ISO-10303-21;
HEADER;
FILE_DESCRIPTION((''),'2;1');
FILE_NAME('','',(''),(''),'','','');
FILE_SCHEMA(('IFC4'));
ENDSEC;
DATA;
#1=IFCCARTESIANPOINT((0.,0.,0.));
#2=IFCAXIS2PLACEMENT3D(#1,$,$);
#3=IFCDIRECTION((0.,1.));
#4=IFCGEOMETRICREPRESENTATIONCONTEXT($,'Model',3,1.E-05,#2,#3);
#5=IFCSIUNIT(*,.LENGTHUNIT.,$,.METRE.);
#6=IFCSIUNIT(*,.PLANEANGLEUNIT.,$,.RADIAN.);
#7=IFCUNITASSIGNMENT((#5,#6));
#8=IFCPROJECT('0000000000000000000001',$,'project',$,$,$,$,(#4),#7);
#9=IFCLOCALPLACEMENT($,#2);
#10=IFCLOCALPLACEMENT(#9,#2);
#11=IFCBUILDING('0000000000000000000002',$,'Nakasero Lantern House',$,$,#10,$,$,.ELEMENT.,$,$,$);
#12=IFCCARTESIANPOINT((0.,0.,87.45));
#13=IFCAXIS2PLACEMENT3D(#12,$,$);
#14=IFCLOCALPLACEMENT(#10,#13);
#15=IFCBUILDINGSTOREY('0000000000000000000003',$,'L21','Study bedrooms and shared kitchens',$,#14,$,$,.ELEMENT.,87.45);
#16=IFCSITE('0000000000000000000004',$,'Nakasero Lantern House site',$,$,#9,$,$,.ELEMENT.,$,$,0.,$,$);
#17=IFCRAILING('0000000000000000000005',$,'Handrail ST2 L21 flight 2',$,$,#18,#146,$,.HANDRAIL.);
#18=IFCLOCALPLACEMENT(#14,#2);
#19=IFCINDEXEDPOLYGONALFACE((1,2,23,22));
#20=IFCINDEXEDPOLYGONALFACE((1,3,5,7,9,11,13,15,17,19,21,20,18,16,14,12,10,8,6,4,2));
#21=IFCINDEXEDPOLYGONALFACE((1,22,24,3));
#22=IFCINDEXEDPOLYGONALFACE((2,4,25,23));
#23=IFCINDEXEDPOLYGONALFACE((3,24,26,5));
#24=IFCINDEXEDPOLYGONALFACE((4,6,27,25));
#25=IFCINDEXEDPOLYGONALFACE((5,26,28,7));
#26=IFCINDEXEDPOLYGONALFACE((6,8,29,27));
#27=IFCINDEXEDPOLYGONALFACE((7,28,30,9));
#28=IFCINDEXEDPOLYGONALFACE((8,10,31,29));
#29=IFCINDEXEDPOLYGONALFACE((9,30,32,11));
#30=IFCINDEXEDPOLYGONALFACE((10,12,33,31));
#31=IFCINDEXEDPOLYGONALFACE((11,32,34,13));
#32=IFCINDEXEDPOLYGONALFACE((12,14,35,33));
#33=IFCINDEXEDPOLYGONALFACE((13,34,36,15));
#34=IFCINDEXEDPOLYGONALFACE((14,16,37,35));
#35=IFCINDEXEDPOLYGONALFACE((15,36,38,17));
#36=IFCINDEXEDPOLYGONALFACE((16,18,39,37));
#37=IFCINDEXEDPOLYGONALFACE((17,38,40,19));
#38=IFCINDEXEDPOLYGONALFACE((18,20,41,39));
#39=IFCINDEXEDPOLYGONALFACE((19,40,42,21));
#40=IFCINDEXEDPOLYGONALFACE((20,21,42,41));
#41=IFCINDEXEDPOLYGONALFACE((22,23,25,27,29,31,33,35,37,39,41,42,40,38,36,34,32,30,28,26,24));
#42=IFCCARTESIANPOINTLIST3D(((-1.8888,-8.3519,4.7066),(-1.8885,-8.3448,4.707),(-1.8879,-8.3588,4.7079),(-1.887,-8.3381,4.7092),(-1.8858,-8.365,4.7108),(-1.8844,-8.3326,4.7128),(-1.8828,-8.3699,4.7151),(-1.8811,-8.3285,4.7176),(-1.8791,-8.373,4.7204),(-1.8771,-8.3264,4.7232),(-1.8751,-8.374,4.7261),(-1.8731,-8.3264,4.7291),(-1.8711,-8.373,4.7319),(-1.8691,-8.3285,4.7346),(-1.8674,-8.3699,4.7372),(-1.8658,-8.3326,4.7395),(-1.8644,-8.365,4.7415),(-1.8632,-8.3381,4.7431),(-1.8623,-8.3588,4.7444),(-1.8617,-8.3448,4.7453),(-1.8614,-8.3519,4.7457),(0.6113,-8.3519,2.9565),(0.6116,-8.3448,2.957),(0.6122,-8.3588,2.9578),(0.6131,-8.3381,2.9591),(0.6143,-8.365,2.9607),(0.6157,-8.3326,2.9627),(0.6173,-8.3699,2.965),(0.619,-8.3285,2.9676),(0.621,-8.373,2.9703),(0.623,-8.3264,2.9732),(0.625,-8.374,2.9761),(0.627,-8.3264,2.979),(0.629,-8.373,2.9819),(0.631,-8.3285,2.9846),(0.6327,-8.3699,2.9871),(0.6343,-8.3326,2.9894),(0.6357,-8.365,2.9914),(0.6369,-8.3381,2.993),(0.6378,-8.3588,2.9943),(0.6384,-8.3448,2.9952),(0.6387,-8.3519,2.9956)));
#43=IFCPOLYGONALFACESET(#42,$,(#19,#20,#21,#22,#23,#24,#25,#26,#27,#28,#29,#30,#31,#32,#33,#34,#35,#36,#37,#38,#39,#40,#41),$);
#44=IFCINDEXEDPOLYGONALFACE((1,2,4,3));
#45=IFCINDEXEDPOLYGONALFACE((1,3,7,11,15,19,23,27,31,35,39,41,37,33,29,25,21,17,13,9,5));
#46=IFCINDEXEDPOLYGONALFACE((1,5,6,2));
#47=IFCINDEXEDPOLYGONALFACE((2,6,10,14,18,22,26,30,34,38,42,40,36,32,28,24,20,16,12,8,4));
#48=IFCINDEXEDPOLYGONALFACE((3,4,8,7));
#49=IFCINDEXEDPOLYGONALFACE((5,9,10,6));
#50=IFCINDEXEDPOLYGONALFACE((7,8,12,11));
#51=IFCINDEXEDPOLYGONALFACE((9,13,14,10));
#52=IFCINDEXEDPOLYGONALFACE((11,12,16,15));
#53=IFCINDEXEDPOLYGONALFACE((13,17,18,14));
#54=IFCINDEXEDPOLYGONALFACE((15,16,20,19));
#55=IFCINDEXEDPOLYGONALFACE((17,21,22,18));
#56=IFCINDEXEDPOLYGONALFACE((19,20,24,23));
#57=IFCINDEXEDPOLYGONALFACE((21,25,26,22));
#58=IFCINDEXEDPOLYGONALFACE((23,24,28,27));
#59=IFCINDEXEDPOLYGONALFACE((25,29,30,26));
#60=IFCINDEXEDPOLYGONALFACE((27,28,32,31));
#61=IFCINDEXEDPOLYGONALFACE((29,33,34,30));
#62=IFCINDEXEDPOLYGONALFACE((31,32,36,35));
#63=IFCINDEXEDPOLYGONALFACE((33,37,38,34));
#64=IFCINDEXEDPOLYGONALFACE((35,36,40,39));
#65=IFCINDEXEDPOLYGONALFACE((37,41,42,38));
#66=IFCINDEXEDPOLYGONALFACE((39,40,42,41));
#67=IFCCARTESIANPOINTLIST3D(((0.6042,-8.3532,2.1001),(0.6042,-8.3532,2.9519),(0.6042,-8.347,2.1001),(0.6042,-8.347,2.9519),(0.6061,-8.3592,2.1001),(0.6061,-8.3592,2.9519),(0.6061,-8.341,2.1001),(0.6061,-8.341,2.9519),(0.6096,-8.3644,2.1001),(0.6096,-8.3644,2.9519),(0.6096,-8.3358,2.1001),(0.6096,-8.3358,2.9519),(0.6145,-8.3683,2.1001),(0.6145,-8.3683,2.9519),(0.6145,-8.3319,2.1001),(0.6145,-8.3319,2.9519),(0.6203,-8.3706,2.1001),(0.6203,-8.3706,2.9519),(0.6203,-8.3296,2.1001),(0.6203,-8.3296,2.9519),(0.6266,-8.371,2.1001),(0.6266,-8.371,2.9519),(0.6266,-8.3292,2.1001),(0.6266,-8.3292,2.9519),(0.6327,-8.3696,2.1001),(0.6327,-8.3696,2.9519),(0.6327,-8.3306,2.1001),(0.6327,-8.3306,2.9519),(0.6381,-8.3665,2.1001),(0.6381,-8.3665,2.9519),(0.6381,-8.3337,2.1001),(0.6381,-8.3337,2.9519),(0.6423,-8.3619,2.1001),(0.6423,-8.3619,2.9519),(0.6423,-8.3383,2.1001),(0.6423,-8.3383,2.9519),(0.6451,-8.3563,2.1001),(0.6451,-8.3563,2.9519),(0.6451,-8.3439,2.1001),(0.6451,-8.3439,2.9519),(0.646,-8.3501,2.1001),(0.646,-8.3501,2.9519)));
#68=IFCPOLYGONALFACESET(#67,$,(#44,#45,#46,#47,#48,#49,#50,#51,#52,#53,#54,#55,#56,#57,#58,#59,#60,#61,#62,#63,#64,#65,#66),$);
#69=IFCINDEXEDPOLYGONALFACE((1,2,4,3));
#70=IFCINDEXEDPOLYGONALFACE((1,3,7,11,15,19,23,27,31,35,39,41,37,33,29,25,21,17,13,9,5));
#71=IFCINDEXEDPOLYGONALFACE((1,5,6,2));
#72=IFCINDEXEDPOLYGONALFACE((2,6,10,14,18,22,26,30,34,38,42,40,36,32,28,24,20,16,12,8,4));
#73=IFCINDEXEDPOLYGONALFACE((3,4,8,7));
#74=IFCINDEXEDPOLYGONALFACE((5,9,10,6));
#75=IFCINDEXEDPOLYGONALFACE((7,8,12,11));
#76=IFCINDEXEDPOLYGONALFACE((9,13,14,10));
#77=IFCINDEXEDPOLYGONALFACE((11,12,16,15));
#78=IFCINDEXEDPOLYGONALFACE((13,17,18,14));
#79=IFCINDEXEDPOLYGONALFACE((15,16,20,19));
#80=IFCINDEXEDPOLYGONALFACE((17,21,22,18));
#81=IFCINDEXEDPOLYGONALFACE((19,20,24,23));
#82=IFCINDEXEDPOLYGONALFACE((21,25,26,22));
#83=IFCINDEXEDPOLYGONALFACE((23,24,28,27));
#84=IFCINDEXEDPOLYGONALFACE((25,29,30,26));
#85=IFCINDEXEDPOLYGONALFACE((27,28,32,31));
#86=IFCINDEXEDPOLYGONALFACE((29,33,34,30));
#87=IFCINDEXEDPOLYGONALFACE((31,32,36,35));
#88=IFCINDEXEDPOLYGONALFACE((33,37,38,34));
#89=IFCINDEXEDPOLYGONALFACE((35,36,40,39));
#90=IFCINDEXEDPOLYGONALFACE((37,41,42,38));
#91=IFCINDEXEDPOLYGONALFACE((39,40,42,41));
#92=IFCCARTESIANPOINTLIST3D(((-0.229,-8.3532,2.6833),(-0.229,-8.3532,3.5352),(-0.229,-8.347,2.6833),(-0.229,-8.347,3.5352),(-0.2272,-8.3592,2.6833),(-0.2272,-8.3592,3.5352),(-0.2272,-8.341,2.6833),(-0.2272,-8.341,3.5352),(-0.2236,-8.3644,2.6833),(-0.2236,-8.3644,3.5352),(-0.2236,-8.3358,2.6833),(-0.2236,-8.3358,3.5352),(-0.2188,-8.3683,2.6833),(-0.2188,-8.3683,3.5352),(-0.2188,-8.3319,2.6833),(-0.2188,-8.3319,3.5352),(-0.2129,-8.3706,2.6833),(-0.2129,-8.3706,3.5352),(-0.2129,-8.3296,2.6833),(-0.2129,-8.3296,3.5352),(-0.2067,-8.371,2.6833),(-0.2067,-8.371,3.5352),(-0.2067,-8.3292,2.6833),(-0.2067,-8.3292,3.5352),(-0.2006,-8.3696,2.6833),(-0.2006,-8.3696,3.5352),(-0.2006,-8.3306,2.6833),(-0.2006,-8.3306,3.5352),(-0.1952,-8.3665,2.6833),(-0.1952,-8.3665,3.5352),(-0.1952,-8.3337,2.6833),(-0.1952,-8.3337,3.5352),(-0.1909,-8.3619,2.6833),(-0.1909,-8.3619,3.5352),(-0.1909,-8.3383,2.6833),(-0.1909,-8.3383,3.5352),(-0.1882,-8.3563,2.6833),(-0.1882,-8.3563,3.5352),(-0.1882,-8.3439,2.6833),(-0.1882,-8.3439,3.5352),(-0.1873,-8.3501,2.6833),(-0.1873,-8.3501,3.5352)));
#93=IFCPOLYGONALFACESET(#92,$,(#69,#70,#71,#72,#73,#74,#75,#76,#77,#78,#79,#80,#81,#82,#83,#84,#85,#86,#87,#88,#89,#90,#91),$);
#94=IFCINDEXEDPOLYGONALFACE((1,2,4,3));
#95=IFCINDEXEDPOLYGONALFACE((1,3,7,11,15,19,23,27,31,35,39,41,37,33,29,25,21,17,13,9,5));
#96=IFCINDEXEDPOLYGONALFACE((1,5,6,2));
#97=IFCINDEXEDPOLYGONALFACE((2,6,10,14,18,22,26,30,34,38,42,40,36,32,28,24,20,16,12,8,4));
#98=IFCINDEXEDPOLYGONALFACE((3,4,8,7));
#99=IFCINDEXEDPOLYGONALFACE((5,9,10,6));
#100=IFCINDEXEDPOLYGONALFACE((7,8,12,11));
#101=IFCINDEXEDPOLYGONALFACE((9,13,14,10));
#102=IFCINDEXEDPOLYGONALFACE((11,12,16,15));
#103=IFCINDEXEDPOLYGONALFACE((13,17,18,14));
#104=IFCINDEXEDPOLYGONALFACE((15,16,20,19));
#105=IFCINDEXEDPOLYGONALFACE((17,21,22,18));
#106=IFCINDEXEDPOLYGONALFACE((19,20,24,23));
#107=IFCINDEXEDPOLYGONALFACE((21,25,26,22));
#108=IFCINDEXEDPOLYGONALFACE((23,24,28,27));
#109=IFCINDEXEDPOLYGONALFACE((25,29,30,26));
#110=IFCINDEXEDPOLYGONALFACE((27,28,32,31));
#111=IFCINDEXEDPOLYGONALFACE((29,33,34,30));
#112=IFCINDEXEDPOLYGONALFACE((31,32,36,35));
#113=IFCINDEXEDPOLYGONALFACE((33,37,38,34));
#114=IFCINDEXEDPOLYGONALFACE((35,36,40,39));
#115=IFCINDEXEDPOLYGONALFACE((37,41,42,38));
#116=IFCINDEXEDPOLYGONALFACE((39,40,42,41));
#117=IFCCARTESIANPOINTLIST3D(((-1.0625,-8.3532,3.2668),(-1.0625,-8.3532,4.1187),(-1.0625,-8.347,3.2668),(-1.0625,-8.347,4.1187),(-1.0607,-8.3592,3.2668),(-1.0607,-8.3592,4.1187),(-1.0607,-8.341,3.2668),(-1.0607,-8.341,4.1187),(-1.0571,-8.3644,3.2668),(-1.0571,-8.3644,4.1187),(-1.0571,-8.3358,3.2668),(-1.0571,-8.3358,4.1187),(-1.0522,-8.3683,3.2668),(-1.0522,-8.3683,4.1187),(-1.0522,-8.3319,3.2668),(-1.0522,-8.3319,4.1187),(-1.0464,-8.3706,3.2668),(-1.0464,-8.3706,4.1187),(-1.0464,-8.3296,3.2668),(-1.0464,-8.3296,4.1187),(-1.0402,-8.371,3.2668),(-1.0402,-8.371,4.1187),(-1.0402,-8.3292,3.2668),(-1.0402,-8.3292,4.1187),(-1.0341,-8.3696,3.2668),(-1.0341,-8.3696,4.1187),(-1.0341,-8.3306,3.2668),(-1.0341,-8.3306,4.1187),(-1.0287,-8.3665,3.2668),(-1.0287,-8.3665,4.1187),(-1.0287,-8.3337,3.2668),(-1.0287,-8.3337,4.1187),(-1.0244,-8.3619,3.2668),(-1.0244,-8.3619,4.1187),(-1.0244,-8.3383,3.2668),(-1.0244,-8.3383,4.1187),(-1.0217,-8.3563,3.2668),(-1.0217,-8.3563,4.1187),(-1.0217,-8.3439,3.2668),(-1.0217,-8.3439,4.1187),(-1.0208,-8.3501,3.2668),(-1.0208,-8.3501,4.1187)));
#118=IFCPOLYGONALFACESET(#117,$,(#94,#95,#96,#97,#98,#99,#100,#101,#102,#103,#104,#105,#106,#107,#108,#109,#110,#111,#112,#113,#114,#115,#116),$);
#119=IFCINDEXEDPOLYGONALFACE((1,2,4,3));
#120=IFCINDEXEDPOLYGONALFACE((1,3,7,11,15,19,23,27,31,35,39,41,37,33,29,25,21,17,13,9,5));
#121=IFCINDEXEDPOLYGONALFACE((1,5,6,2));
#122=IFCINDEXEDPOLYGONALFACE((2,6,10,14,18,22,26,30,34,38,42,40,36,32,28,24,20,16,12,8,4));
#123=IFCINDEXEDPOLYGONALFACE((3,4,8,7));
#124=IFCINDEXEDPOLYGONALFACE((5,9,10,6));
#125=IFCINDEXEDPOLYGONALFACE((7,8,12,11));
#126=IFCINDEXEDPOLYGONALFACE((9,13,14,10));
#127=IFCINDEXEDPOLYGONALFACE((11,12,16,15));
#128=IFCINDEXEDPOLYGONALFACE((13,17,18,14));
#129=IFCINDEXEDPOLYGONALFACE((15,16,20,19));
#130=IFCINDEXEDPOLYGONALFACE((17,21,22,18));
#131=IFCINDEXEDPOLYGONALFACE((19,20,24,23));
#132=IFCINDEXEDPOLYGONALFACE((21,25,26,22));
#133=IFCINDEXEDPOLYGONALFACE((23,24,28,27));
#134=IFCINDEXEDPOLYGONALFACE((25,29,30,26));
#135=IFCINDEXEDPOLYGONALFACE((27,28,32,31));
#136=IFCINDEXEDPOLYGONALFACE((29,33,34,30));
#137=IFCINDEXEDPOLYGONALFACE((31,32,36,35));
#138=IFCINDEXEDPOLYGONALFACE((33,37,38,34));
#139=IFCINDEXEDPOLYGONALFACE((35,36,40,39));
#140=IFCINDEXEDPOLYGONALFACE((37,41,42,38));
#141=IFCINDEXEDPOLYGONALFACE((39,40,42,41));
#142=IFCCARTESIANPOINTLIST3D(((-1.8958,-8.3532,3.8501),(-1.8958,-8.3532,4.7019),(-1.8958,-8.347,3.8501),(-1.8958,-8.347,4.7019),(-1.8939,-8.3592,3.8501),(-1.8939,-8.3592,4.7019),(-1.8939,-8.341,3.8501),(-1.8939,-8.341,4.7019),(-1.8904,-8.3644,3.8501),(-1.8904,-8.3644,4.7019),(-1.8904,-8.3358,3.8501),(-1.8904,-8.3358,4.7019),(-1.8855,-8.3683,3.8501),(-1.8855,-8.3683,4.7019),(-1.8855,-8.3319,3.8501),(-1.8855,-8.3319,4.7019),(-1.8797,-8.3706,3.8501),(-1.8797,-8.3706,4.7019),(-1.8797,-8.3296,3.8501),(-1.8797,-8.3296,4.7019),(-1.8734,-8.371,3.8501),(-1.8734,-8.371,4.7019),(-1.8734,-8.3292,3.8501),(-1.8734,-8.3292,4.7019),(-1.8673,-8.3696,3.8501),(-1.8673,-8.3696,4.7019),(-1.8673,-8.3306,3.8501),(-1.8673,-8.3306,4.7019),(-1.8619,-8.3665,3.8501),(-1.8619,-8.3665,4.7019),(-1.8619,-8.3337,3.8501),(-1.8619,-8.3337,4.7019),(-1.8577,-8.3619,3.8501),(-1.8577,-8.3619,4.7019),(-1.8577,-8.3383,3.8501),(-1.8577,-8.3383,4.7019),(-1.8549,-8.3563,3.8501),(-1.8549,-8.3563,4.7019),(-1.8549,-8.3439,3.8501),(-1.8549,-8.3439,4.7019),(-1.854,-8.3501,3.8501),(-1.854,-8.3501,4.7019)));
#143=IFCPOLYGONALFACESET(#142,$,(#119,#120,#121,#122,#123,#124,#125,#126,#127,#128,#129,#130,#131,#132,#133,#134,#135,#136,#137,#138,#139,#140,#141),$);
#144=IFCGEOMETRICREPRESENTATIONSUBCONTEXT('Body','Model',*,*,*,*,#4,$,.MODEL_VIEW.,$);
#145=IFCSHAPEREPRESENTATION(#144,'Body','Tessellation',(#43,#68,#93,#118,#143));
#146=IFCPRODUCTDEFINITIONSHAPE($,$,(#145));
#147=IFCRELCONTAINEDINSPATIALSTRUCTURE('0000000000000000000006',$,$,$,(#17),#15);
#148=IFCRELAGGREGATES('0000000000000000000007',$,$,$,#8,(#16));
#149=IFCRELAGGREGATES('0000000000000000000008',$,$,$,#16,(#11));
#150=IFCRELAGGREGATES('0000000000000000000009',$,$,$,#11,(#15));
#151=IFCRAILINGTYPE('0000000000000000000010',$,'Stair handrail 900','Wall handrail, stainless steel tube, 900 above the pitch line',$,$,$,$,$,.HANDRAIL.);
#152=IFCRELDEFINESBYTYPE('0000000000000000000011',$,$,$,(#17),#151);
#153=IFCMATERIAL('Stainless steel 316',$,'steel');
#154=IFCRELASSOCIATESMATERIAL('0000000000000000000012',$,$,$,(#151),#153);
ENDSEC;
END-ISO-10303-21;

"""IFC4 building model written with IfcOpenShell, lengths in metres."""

from ifc_helpers import new_model, si_unit, direction, frame, origin, origin_2d, place, context, subcontext, project, spatial, circle, extrude, material, type_object, element, save


model = new_model("IFC4")

# Units and contexts
model_context = context("Model", 3, precision=1e-05, world=origin(), true_north=direction((0.0, 1.0)))
body_context = subcontext(model_context, "Body", "Model", "MODEL_VIEW")
ifc_project = project(units=[si_unit("LENGTHUNIT", "METRE"), si_unit("PLANEANGLEUNIT", "RADIAN")], contexts=[model_context])

# Site, building, storey
site_placement = place(None, origin())
site = spatial("IfcSite", under=ifc_project, at=site_placement, Name="Nakasero Lantern House site", CompositionType="ELEMENT", RefElevation=0.0)
building_placement = place(site_placement, origin())
building = spatial("IfcBuilding", under=site, at=building_placement, Name="Nakasero Lantern House", CompositionType="ELEMENT")
storey_placement = place(building_placement, frame((0.0, 0.0, 87.45)))
storey = spatial("IfcBuildingStorey", under=building, at=storey_placement, Name="L21", Description="Study bedrooms and shared kitchens", CompositionType="ELEMENT", Elevation=87.45)

# Railing
ifc_material_1 = material(Name="Stainless steel 316", Category="steel")
railing_type = type_object("IfcRailingType", Name="Stair handrail 900", Description="Wall handrail, stainless steel tube, 900 above the pitch line", PredefinedType="HANDRAIL", material=ifc_material_1)
railing_placement = place(storey_placement, frame((0.625, -8.3501, 2.1001)))
element("IfcRailing", 1, at=railing_placement, inside=storey, type_object=railing_type, Name="Handrail ST2 L21 flight 2", PredefinedType="HANDRAIL", context=body_context, shape_type="SweptSolid", body=[
    extrude(circle(Radius=0.0239, at=origin_2d()), frame((0.0, 0.0, 0.876), z_axis=(-0.819232, 0.0, 0.573462), x_axis=(0.0, -1.0, 0.0)), (0.0, 0.0, 1.0), 3.0518),
    extrude(circle(Radius=0.021, at=origin_2d()), origin(), (0.0, 0.0, 1.0), 0.8518),
    extrude(circle(Radius=0.021, at=origin_2d()), frame((-0.8333, 0.0, 0.5833)), (0.0, 0.0, 1.0), 0.8518),
    extrude(circle(Radius=0.021, at=origin_2d()), frame((-1.6667, 0.0, 1.1667)), (0.0, 0.0, 1.0), 0.8518),
    extrude(circle(Radius=0.021, at=origin_2d()), frame((-2.5, 0.0, 1.75)), (0.0, 0.0, 1.0), 0.8518),
])

save(model, "model.ifc")
